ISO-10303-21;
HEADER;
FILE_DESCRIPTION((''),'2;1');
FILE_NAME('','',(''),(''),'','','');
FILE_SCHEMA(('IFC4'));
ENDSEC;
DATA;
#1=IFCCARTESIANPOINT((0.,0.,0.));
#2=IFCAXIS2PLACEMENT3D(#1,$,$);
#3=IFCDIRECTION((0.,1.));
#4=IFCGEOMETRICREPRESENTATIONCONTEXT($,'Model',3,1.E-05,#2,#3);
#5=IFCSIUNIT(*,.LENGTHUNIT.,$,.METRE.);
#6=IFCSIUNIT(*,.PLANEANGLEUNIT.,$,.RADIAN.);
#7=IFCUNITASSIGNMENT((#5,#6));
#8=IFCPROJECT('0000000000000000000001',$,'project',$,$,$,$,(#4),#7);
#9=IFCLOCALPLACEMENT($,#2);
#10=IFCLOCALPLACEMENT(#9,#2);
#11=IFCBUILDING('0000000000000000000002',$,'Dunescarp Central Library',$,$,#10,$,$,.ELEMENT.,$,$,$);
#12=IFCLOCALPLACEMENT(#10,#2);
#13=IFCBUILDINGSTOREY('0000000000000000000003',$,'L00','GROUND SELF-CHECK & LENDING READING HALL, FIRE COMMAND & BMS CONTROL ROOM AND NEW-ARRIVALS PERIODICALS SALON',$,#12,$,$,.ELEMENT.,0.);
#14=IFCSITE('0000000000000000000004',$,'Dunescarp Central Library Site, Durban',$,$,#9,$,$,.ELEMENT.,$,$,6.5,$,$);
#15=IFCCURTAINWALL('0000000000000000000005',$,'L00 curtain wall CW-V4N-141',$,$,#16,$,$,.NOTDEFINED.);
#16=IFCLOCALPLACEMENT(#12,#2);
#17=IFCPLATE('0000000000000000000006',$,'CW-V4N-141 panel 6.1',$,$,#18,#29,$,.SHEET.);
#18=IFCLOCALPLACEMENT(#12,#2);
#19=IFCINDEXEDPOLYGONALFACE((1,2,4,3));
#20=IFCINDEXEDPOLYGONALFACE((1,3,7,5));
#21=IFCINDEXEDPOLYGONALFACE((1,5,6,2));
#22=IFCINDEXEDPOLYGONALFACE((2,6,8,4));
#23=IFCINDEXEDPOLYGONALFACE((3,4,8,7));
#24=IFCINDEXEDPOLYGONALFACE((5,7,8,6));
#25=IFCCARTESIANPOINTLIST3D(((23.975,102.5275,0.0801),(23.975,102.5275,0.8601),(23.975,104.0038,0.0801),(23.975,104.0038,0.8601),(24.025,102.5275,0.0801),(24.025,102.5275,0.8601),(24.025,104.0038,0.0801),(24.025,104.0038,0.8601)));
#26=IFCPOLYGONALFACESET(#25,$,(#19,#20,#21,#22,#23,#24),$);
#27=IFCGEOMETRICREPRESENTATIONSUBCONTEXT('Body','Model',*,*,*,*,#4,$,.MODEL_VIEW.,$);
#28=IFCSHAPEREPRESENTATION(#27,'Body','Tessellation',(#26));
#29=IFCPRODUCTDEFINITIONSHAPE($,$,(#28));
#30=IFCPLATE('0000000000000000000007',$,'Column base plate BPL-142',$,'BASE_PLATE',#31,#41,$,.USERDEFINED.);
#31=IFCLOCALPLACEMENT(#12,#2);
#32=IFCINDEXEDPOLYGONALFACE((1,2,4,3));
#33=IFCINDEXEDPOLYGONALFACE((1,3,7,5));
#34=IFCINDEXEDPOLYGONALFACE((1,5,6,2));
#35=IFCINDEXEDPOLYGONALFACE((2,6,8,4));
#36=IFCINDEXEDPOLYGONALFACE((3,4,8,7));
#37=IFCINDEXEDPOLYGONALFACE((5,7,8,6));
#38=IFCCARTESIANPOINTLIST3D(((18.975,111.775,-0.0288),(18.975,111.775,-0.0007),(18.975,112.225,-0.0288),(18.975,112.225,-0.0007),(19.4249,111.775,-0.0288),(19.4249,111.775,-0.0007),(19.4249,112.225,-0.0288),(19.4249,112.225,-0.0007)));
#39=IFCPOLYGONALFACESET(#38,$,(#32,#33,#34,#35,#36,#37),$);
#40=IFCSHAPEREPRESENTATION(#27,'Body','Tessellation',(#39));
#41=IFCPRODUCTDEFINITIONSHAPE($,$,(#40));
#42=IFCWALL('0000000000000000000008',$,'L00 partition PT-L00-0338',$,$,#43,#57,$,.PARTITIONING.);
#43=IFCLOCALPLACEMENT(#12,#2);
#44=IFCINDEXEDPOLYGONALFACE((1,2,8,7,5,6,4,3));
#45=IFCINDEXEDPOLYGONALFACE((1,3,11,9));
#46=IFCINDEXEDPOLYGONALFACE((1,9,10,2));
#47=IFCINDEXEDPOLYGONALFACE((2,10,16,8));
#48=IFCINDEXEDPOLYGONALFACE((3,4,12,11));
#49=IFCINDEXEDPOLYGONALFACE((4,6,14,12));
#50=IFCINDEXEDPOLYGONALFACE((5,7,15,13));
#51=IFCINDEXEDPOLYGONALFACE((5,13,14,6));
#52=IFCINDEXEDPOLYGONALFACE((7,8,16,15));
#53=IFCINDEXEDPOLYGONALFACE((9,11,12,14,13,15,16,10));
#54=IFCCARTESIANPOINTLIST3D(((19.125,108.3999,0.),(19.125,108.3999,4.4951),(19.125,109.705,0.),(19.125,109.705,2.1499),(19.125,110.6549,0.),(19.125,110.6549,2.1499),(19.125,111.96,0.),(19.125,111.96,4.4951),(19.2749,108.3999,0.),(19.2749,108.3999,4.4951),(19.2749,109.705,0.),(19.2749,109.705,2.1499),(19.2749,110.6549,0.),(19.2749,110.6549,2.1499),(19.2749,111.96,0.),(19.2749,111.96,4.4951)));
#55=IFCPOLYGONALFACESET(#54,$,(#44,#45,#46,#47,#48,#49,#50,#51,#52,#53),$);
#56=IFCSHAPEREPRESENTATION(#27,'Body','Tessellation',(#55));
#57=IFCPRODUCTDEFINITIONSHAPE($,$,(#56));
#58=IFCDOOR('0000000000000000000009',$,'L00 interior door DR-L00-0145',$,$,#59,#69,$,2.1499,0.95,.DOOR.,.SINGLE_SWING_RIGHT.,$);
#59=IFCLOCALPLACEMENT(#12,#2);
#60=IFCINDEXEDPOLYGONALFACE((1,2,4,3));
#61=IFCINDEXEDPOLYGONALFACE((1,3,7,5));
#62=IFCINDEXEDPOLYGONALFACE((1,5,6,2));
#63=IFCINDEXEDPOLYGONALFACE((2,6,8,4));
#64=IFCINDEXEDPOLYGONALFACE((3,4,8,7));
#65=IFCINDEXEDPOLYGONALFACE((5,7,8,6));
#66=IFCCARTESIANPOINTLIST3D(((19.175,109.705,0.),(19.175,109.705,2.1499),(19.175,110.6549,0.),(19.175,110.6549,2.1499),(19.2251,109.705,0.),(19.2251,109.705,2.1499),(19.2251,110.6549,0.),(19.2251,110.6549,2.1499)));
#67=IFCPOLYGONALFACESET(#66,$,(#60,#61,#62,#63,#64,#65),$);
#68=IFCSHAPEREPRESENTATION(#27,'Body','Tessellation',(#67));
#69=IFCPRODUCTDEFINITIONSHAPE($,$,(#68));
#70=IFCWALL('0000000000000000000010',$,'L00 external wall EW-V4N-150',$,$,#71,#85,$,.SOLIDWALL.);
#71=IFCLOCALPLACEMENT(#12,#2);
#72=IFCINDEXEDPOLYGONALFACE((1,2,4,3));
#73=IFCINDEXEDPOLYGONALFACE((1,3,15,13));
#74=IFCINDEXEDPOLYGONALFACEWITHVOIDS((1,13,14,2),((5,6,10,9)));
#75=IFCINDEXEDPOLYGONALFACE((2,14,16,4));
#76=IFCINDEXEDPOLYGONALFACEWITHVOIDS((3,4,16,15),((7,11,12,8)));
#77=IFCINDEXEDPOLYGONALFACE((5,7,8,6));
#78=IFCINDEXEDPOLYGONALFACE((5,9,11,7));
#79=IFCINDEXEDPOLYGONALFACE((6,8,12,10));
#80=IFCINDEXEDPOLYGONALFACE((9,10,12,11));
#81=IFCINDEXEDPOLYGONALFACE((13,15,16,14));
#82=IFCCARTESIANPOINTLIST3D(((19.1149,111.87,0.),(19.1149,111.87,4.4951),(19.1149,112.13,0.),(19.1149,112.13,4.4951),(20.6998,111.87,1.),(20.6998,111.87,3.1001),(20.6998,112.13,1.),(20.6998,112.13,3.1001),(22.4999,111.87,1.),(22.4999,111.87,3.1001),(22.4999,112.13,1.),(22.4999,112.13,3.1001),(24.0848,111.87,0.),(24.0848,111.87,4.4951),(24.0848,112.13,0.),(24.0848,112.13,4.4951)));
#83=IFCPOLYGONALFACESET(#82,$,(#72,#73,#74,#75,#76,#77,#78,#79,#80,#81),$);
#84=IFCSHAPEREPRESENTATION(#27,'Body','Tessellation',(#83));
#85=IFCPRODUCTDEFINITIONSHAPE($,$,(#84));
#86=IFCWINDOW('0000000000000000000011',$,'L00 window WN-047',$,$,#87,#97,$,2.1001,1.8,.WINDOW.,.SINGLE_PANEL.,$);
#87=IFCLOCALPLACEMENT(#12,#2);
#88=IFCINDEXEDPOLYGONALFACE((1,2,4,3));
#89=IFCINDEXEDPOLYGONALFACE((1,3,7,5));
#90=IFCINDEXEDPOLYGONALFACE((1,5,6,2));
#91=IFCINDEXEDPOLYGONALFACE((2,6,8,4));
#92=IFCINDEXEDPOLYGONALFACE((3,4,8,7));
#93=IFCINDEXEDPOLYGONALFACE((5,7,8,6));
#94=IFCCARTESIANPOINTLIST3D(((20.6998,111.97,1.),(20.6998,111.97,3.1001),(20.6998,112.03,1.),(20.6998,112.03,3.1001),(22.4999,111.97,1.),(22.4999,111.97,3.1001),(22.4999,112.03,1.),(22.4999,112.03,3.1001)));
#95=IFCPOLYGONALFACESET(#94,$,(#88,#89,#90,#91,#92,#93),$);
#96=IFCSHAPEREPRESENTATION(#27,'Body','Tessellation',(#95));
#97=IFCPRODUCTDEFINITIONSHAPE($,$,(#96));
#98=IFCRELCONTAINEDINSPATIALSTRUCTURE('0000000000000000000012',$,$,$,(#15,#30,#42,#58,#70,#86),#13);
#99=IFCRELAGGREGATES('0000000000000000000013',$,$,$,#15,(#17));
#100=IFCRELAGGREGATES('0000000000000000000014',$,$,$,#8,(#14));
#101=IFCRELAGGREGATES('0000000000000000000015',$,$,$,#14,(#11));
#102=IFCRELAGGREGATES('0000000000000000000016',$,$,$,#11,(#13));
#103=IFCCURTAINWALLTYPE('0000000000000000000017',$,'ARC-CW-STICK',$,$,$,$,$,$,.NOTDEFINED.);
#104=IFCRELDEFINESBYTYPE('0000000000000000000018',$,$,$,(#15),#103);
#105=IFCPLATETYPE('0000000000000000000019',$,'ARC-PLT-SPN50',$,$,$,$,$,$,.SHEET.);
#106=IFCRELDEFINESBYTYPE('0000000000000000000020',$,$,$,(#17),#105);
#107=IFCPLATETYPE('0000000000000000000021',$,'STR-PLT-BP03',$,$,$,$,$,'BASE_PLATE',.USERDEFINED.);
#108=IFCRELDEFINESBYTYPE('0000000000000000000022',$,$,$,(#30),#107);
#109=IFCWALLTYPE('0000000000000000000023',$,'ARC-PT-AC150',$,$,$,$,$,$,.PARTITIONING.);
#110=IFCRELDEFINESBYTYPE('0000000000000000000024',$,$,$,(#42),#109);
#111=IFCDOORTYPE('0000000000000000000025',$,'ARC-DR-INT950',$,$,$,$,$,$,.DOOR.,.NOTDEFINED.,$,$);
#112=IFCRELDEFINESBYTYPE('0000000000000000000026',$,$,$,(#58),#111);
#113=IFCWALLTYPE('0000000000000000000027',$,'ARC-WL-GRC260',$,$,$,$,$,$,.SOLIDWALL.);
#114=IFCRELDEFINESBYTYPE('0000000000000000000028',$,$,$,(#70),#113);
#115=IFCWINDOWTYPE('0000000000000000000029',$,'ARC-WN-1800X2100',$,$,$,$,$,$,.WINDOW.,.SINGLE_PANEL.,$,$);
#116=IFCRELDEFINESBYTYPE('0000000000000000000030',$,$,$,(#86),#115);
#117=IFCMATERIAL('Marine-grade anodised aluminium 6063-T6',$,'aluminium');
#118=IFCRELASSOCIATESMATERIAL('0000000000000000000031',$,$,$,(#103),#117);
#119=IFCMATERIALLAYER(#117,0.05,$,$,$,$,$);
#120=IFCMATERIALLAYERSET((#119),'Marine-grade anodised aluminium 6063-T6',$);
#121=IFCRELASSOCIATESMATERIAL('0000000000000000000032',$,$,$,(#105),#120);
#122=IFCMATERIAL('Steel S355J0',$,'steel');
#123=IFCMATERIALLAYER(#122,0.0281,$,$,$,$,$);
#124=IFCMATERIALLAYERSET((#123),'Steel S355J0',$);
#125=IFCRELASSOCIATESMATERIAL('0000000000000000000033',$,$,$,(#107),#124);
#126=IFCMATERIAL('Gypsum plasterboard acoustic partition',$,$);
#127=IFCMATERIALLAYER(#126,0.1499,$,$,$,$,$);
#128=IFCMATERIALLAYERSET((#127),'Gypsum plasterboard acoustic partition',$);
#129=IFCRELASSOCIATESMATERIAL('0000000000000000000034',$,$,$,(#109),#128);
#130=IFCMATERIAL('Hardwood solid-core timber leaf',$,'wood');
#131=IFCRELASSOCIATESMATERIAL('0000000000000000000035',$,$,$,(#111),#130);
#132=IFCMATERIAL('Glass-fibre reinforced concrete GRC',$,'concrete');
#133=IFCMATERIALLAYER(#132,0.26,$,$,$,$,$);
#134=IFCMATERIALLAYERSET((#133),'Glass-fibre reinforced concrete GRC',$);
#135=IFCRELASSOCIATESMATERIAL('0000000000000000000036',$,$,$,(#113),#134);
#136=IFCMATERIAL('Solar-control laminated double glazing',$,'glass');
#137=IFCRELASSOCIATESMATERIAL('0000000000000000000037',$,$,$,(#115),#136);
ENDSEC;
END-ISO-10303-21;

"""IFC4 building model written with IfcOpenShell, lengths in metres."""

from ifc_helpers import new_model, si_unit, direction, frame, frame_2d, origin, origin_2d, place, context, subcontext, project, spatial, rectangle, extrude, material, layer, layer_set, type_object, element, fill, aggregate, save


model = new_model("IFC4")

# Units and contexts
model_context = context("Model", 3, precision=1e-05, world=origin(), true_north=direction((0.0, 1.0)))
body_context = subcontext(model_context, "Body", "Model", "MODEL_VIEW")
ifc_project = project(units=[si_unit("LENGTHUNIT", "METRE"), si_unit("PLANEANGLEUNIT", "RADIAN")], contexts=[model_context])

# Site, building, storey
site_placement = place(None, origin())
site = spatial("IfcSite", under=ifc_project, at=site_placement, Name="Dunescarp Central Library Site, Durban", CompositionType="ELEMENT", RefElevation=6.5)
building_placement = place(site_placement, origin())
building = spatial("IfcBuilding", under=site, at=building_placement, Name="Dunescarp Central Library", CompositionType="ELEMENT")
storey_placement = place(building_placement, origin())
storey = spatial("IfcBuildingStorey", under=building, at=storey_placement, Name="L00", Description="GROUND SELF-CHECK & LENDING READING HALL, FIRE COMMAND & BMS CONTROL ROOM AND NEW-ARRIVALS PERIODICALS SALON", CompositionType="ELEMENT", Elevation=0.0)

# Curtain wall, plate
ifc_material_1 = material(Name="Marine-grade anodised aluminium 6063-T6", Category="aluminium")
curtain_wall_type = type_object("IfcCurtainWallType", Name="ARC-CW-STICK", PredefinedType="NOTDEFINED", material=ifc_material_1)
curtain_wall_placement = place(storey_placement, origin())
curtain_wall = element("IfcCurtainWall", 1, at=curtain_wall_placement, inside=storey, type_object=curtain_wall_type, Name="L00 curtain wall CW-V4N-141", PredefinedType="NOTDEFINED")
ifc_material_2 = material(Name="Solar-control laminated double glazing", Category="glass")
ifc_layer_1 = layer(ifc_material_1, 0.05)
ifc_layer_set_1 = layer_set([ifc_layer_1], Name="Marine-grade anodised aluminium 6063-T6")
plate_type_1 = type_object("IfcPlateType", Name="ARC-PLT-SPN50", PredefinedType="SHEET", material=ifc_layer_set_1)
plate_1_placement = place(storey_placement, frame((24.0, 103.2656, 0.0801), z_axis=(0.0, 0.0, 1.0), x_axis=(0.0, -1.0, 0.0)))
plate_1 = element("IfcPlate", 2, at=plate_1_placement, type_object=plate_type_1, Name="CW-V4N-141 panel 6.1", PredefinedType="SHEET", context=body_context, shape_type="SweptSolid", body=[
    extrude(rectangle(XDim=1.4763, YDim=0.05, at=origin_2d()), origin(), (0.0, 0.0, 1.0), 0.78),
])
aggregate(curtain_wall, [plate_1])

# Plate
ifc_material_3 = material(Name="Steel S355J0", Category="steel")
ifc_layer_2 = layer(ifc_material_3, 0.0281)
ifc_layer_set_2 = layer_set([ifc_layer_2], Name="Steel S355J0")
plate_type_2 = type_object("IfcPlateType", Name="STR-PLT-BP03", ElementType="BASE_PLATE", PredefinedType="USERDEFINED", material=ifc_layer_set_2)
plate_2_placement = place(storey_placement, frame((19.2, 112.0, -0.0288), z_axis=(0.0, 0.0, 1.0), x_axis=(1.0, 0.0, 0.0)))
element("IfcPlate", 3, at=plate_2_placement, inside=storey, type_object=plate_type_2, Name="Column base plate BPL-142", ObjectType="BASE_PLATE", PredefinedType="USERDEFINED", context=body_context, shape_type="SweptSolid", body=[
    extrude(rectangle(XDim=0.45, YDim=0.45, at=origin_2d()), origin(), (0.0, 0.0, 1.0), 0.0281),
])

# Wall, opening, door
ifc_material_4 = material(Name="Gypsum plasterboard acoustic partition")
ifc_layer_3 = layer(ifc_material_4, 0.1499)
ifc_layer_set_3 = layer_set([ifc_layer_3], Name="Gypsum plasterboard acoustic partition")
wall_type_1 = type_object("IfcWallType", Name="ARC-PT-AC150", PredefinedType="PARTITIONING", material=ifc_layer_set_3)
wall_1_placement = place(storey_placement, frame((19.2, 108.3999, 0.0), z_axis=(0.0, 0.0, 1.0), x_axis=(0.0, 1.0, 0.0)))
wall_1 = element("IfcWall", 4, at=wall_1_placement, inside=storey, type_object=wall_type_1, Name="L00 partition PT-L00-0338", PredefinedType="PARTITIONING", context=body_context, shape_type="SweptSolid", body=[
    extrude(rectangle(XDim=3.5601, YDim=0.1499, at=frame_2d((1.78, 0.0))), origin(), (0.0, 0.0, 1.0), 4.4951),
])
opening_1_placement = place(wall_1_placement, frame((1.3049, 0.0, 0.0)))
opening_1 = element("IfcOpeningElement", 5, at=opening_1_placement, cuts=wall_1, PredefinedType="OPENING", context=body_context, shape_type="SweptSolid", body=[
    extrude(rectangle(XDim=0.95, YDim=2.1499, at=frame_2d((0.4751, 1.075))), frame((0.0, 0.085, 0.0), z_axis=(0.0, -1.0, 0.0), x_axis=(1.0, 0.0, 0.0)), (0.0, 0.0, 1.0), 0.1699),
])
ifc_material_5 = material(Name="Hardwood solid-core timber leaf", Category="wood")
door_type = type_object("IfcDoorType", Name="ARC-DR-INT950", OperationType="NOTDEFINED", PredefinedType="DOOR", material=ifc_material_5)
door_1_placement = place(opening_1_placement, origin())
door_1 = element("IfcDoor", 6, at=door_1_placement, inside=storey, type_object=door_type, Name="L00 interior door DR-L00-0145", OperationType="SINGLE_SWING_RIGHT", OverallHeight=2.1499, OverallWidth=0.95, PredefinedType="DOOR", context=body_context, shape_type="SweptSolid", body=[
    extrude(rectangle(XDim=0.95, YDim=2.1499, at=frame_2d((0.4751, 1.075))), frame((0.0, 0.0249, 0.0), z_axis=(0.0, -1.0, 0.0), x_axis=(1.0, 0.0, 0.0)), (0.0, 0.0, 1.0), 0.05),
])
fill(opening_1, door_1)

# Wall, opening, window
ifc_material_6 = material(Name="Glass-fibre reinforced concrete GRC", Category="concrete")
ifc_layer_4 = layer(ifc_material_6, 0.26)
ifc_layer_set_4 = layer_set([ifc_layer_4], Name="Glass-fibre reinforced concrete GRC")
wall_type_2 = type_object("IfcWallType", Name="ARC-WL-GRC260", PredefinedType="SOLIDWALL", material=ifc_layer_set_4)
wall_2_placement = place(storey_placement, frame((19.115, 112.0, 0.0), z_axis=(0.0, 0.0, 1.0), x_axis=(1.0, 0.0, 0.0)))
wall_2 = element("IfcWall", 7, at=wall_2_placement, inside=storey, type_object=wall_type_2, Name="L00 external wall EW-V4N-150", PredefinedType="SOLIDWALL", context=body_context, shape_type="SweptSolid", body=[
    extrude(rectangle(XDim=4.97, YDim=0.26, at=frame_2d((2.4849, 0.0))), origin(), (0.0, 0.0, 1.0), 4.4951),
])
opening_2_placement = place(wall_2_placement, frame((1.585, 0.0, 1.0)))
opening_2 = element("IfcOpeningElement", 8, at=opening_2_placement, cuts=wall_2, PredefinedType="OPENING", context=body_context, shape_type="SweptSolid", body=[
    extrude(rectangle(XDim=1.8, YDim=2.1001, at=frame_2d((0.8999, 1.05))), frame((0.0, 0.1401, 0.0), z_axis=(0.0, -1.0, 0.0), x_axis=(1.0, 0.0, 0.0)), (0.0, 0.0, 1.0), 0.28),
])
window_type = type_object("IfcWindowType", Name="ARC-WN-1800X2100", PartitioningType="SINGLE_PANEL", PredefinedType="WINDOW", material=ifc_material_2)
window_placement = place(opening_2_placement, origin())
window = element("IfcWindow", 9, at=window_placement, inside=storey, type_object=window_type, Name="L00 window WN-047", OverallHeight=2.1001, OverallWidth=1.8, PartitioningType="SINGLE_PANEL", PredefinedType="WINDOW", context=body_context, shape_type="SweptSolid", body=[
    extrude(rectangle(XDim=1.8, YDim=2.1001, at=frame_2d((0.8999, 1.05))), frame((0.0, 0.03, 0.0), z_axis=(0.0, -1.0, 0.0), x_axis=(1.0, 0.0, 0.0)), (0.0, 0.0, 1.0), 0.0601),
])
fill(opening_2, window)

save(model, "model.ifc")
